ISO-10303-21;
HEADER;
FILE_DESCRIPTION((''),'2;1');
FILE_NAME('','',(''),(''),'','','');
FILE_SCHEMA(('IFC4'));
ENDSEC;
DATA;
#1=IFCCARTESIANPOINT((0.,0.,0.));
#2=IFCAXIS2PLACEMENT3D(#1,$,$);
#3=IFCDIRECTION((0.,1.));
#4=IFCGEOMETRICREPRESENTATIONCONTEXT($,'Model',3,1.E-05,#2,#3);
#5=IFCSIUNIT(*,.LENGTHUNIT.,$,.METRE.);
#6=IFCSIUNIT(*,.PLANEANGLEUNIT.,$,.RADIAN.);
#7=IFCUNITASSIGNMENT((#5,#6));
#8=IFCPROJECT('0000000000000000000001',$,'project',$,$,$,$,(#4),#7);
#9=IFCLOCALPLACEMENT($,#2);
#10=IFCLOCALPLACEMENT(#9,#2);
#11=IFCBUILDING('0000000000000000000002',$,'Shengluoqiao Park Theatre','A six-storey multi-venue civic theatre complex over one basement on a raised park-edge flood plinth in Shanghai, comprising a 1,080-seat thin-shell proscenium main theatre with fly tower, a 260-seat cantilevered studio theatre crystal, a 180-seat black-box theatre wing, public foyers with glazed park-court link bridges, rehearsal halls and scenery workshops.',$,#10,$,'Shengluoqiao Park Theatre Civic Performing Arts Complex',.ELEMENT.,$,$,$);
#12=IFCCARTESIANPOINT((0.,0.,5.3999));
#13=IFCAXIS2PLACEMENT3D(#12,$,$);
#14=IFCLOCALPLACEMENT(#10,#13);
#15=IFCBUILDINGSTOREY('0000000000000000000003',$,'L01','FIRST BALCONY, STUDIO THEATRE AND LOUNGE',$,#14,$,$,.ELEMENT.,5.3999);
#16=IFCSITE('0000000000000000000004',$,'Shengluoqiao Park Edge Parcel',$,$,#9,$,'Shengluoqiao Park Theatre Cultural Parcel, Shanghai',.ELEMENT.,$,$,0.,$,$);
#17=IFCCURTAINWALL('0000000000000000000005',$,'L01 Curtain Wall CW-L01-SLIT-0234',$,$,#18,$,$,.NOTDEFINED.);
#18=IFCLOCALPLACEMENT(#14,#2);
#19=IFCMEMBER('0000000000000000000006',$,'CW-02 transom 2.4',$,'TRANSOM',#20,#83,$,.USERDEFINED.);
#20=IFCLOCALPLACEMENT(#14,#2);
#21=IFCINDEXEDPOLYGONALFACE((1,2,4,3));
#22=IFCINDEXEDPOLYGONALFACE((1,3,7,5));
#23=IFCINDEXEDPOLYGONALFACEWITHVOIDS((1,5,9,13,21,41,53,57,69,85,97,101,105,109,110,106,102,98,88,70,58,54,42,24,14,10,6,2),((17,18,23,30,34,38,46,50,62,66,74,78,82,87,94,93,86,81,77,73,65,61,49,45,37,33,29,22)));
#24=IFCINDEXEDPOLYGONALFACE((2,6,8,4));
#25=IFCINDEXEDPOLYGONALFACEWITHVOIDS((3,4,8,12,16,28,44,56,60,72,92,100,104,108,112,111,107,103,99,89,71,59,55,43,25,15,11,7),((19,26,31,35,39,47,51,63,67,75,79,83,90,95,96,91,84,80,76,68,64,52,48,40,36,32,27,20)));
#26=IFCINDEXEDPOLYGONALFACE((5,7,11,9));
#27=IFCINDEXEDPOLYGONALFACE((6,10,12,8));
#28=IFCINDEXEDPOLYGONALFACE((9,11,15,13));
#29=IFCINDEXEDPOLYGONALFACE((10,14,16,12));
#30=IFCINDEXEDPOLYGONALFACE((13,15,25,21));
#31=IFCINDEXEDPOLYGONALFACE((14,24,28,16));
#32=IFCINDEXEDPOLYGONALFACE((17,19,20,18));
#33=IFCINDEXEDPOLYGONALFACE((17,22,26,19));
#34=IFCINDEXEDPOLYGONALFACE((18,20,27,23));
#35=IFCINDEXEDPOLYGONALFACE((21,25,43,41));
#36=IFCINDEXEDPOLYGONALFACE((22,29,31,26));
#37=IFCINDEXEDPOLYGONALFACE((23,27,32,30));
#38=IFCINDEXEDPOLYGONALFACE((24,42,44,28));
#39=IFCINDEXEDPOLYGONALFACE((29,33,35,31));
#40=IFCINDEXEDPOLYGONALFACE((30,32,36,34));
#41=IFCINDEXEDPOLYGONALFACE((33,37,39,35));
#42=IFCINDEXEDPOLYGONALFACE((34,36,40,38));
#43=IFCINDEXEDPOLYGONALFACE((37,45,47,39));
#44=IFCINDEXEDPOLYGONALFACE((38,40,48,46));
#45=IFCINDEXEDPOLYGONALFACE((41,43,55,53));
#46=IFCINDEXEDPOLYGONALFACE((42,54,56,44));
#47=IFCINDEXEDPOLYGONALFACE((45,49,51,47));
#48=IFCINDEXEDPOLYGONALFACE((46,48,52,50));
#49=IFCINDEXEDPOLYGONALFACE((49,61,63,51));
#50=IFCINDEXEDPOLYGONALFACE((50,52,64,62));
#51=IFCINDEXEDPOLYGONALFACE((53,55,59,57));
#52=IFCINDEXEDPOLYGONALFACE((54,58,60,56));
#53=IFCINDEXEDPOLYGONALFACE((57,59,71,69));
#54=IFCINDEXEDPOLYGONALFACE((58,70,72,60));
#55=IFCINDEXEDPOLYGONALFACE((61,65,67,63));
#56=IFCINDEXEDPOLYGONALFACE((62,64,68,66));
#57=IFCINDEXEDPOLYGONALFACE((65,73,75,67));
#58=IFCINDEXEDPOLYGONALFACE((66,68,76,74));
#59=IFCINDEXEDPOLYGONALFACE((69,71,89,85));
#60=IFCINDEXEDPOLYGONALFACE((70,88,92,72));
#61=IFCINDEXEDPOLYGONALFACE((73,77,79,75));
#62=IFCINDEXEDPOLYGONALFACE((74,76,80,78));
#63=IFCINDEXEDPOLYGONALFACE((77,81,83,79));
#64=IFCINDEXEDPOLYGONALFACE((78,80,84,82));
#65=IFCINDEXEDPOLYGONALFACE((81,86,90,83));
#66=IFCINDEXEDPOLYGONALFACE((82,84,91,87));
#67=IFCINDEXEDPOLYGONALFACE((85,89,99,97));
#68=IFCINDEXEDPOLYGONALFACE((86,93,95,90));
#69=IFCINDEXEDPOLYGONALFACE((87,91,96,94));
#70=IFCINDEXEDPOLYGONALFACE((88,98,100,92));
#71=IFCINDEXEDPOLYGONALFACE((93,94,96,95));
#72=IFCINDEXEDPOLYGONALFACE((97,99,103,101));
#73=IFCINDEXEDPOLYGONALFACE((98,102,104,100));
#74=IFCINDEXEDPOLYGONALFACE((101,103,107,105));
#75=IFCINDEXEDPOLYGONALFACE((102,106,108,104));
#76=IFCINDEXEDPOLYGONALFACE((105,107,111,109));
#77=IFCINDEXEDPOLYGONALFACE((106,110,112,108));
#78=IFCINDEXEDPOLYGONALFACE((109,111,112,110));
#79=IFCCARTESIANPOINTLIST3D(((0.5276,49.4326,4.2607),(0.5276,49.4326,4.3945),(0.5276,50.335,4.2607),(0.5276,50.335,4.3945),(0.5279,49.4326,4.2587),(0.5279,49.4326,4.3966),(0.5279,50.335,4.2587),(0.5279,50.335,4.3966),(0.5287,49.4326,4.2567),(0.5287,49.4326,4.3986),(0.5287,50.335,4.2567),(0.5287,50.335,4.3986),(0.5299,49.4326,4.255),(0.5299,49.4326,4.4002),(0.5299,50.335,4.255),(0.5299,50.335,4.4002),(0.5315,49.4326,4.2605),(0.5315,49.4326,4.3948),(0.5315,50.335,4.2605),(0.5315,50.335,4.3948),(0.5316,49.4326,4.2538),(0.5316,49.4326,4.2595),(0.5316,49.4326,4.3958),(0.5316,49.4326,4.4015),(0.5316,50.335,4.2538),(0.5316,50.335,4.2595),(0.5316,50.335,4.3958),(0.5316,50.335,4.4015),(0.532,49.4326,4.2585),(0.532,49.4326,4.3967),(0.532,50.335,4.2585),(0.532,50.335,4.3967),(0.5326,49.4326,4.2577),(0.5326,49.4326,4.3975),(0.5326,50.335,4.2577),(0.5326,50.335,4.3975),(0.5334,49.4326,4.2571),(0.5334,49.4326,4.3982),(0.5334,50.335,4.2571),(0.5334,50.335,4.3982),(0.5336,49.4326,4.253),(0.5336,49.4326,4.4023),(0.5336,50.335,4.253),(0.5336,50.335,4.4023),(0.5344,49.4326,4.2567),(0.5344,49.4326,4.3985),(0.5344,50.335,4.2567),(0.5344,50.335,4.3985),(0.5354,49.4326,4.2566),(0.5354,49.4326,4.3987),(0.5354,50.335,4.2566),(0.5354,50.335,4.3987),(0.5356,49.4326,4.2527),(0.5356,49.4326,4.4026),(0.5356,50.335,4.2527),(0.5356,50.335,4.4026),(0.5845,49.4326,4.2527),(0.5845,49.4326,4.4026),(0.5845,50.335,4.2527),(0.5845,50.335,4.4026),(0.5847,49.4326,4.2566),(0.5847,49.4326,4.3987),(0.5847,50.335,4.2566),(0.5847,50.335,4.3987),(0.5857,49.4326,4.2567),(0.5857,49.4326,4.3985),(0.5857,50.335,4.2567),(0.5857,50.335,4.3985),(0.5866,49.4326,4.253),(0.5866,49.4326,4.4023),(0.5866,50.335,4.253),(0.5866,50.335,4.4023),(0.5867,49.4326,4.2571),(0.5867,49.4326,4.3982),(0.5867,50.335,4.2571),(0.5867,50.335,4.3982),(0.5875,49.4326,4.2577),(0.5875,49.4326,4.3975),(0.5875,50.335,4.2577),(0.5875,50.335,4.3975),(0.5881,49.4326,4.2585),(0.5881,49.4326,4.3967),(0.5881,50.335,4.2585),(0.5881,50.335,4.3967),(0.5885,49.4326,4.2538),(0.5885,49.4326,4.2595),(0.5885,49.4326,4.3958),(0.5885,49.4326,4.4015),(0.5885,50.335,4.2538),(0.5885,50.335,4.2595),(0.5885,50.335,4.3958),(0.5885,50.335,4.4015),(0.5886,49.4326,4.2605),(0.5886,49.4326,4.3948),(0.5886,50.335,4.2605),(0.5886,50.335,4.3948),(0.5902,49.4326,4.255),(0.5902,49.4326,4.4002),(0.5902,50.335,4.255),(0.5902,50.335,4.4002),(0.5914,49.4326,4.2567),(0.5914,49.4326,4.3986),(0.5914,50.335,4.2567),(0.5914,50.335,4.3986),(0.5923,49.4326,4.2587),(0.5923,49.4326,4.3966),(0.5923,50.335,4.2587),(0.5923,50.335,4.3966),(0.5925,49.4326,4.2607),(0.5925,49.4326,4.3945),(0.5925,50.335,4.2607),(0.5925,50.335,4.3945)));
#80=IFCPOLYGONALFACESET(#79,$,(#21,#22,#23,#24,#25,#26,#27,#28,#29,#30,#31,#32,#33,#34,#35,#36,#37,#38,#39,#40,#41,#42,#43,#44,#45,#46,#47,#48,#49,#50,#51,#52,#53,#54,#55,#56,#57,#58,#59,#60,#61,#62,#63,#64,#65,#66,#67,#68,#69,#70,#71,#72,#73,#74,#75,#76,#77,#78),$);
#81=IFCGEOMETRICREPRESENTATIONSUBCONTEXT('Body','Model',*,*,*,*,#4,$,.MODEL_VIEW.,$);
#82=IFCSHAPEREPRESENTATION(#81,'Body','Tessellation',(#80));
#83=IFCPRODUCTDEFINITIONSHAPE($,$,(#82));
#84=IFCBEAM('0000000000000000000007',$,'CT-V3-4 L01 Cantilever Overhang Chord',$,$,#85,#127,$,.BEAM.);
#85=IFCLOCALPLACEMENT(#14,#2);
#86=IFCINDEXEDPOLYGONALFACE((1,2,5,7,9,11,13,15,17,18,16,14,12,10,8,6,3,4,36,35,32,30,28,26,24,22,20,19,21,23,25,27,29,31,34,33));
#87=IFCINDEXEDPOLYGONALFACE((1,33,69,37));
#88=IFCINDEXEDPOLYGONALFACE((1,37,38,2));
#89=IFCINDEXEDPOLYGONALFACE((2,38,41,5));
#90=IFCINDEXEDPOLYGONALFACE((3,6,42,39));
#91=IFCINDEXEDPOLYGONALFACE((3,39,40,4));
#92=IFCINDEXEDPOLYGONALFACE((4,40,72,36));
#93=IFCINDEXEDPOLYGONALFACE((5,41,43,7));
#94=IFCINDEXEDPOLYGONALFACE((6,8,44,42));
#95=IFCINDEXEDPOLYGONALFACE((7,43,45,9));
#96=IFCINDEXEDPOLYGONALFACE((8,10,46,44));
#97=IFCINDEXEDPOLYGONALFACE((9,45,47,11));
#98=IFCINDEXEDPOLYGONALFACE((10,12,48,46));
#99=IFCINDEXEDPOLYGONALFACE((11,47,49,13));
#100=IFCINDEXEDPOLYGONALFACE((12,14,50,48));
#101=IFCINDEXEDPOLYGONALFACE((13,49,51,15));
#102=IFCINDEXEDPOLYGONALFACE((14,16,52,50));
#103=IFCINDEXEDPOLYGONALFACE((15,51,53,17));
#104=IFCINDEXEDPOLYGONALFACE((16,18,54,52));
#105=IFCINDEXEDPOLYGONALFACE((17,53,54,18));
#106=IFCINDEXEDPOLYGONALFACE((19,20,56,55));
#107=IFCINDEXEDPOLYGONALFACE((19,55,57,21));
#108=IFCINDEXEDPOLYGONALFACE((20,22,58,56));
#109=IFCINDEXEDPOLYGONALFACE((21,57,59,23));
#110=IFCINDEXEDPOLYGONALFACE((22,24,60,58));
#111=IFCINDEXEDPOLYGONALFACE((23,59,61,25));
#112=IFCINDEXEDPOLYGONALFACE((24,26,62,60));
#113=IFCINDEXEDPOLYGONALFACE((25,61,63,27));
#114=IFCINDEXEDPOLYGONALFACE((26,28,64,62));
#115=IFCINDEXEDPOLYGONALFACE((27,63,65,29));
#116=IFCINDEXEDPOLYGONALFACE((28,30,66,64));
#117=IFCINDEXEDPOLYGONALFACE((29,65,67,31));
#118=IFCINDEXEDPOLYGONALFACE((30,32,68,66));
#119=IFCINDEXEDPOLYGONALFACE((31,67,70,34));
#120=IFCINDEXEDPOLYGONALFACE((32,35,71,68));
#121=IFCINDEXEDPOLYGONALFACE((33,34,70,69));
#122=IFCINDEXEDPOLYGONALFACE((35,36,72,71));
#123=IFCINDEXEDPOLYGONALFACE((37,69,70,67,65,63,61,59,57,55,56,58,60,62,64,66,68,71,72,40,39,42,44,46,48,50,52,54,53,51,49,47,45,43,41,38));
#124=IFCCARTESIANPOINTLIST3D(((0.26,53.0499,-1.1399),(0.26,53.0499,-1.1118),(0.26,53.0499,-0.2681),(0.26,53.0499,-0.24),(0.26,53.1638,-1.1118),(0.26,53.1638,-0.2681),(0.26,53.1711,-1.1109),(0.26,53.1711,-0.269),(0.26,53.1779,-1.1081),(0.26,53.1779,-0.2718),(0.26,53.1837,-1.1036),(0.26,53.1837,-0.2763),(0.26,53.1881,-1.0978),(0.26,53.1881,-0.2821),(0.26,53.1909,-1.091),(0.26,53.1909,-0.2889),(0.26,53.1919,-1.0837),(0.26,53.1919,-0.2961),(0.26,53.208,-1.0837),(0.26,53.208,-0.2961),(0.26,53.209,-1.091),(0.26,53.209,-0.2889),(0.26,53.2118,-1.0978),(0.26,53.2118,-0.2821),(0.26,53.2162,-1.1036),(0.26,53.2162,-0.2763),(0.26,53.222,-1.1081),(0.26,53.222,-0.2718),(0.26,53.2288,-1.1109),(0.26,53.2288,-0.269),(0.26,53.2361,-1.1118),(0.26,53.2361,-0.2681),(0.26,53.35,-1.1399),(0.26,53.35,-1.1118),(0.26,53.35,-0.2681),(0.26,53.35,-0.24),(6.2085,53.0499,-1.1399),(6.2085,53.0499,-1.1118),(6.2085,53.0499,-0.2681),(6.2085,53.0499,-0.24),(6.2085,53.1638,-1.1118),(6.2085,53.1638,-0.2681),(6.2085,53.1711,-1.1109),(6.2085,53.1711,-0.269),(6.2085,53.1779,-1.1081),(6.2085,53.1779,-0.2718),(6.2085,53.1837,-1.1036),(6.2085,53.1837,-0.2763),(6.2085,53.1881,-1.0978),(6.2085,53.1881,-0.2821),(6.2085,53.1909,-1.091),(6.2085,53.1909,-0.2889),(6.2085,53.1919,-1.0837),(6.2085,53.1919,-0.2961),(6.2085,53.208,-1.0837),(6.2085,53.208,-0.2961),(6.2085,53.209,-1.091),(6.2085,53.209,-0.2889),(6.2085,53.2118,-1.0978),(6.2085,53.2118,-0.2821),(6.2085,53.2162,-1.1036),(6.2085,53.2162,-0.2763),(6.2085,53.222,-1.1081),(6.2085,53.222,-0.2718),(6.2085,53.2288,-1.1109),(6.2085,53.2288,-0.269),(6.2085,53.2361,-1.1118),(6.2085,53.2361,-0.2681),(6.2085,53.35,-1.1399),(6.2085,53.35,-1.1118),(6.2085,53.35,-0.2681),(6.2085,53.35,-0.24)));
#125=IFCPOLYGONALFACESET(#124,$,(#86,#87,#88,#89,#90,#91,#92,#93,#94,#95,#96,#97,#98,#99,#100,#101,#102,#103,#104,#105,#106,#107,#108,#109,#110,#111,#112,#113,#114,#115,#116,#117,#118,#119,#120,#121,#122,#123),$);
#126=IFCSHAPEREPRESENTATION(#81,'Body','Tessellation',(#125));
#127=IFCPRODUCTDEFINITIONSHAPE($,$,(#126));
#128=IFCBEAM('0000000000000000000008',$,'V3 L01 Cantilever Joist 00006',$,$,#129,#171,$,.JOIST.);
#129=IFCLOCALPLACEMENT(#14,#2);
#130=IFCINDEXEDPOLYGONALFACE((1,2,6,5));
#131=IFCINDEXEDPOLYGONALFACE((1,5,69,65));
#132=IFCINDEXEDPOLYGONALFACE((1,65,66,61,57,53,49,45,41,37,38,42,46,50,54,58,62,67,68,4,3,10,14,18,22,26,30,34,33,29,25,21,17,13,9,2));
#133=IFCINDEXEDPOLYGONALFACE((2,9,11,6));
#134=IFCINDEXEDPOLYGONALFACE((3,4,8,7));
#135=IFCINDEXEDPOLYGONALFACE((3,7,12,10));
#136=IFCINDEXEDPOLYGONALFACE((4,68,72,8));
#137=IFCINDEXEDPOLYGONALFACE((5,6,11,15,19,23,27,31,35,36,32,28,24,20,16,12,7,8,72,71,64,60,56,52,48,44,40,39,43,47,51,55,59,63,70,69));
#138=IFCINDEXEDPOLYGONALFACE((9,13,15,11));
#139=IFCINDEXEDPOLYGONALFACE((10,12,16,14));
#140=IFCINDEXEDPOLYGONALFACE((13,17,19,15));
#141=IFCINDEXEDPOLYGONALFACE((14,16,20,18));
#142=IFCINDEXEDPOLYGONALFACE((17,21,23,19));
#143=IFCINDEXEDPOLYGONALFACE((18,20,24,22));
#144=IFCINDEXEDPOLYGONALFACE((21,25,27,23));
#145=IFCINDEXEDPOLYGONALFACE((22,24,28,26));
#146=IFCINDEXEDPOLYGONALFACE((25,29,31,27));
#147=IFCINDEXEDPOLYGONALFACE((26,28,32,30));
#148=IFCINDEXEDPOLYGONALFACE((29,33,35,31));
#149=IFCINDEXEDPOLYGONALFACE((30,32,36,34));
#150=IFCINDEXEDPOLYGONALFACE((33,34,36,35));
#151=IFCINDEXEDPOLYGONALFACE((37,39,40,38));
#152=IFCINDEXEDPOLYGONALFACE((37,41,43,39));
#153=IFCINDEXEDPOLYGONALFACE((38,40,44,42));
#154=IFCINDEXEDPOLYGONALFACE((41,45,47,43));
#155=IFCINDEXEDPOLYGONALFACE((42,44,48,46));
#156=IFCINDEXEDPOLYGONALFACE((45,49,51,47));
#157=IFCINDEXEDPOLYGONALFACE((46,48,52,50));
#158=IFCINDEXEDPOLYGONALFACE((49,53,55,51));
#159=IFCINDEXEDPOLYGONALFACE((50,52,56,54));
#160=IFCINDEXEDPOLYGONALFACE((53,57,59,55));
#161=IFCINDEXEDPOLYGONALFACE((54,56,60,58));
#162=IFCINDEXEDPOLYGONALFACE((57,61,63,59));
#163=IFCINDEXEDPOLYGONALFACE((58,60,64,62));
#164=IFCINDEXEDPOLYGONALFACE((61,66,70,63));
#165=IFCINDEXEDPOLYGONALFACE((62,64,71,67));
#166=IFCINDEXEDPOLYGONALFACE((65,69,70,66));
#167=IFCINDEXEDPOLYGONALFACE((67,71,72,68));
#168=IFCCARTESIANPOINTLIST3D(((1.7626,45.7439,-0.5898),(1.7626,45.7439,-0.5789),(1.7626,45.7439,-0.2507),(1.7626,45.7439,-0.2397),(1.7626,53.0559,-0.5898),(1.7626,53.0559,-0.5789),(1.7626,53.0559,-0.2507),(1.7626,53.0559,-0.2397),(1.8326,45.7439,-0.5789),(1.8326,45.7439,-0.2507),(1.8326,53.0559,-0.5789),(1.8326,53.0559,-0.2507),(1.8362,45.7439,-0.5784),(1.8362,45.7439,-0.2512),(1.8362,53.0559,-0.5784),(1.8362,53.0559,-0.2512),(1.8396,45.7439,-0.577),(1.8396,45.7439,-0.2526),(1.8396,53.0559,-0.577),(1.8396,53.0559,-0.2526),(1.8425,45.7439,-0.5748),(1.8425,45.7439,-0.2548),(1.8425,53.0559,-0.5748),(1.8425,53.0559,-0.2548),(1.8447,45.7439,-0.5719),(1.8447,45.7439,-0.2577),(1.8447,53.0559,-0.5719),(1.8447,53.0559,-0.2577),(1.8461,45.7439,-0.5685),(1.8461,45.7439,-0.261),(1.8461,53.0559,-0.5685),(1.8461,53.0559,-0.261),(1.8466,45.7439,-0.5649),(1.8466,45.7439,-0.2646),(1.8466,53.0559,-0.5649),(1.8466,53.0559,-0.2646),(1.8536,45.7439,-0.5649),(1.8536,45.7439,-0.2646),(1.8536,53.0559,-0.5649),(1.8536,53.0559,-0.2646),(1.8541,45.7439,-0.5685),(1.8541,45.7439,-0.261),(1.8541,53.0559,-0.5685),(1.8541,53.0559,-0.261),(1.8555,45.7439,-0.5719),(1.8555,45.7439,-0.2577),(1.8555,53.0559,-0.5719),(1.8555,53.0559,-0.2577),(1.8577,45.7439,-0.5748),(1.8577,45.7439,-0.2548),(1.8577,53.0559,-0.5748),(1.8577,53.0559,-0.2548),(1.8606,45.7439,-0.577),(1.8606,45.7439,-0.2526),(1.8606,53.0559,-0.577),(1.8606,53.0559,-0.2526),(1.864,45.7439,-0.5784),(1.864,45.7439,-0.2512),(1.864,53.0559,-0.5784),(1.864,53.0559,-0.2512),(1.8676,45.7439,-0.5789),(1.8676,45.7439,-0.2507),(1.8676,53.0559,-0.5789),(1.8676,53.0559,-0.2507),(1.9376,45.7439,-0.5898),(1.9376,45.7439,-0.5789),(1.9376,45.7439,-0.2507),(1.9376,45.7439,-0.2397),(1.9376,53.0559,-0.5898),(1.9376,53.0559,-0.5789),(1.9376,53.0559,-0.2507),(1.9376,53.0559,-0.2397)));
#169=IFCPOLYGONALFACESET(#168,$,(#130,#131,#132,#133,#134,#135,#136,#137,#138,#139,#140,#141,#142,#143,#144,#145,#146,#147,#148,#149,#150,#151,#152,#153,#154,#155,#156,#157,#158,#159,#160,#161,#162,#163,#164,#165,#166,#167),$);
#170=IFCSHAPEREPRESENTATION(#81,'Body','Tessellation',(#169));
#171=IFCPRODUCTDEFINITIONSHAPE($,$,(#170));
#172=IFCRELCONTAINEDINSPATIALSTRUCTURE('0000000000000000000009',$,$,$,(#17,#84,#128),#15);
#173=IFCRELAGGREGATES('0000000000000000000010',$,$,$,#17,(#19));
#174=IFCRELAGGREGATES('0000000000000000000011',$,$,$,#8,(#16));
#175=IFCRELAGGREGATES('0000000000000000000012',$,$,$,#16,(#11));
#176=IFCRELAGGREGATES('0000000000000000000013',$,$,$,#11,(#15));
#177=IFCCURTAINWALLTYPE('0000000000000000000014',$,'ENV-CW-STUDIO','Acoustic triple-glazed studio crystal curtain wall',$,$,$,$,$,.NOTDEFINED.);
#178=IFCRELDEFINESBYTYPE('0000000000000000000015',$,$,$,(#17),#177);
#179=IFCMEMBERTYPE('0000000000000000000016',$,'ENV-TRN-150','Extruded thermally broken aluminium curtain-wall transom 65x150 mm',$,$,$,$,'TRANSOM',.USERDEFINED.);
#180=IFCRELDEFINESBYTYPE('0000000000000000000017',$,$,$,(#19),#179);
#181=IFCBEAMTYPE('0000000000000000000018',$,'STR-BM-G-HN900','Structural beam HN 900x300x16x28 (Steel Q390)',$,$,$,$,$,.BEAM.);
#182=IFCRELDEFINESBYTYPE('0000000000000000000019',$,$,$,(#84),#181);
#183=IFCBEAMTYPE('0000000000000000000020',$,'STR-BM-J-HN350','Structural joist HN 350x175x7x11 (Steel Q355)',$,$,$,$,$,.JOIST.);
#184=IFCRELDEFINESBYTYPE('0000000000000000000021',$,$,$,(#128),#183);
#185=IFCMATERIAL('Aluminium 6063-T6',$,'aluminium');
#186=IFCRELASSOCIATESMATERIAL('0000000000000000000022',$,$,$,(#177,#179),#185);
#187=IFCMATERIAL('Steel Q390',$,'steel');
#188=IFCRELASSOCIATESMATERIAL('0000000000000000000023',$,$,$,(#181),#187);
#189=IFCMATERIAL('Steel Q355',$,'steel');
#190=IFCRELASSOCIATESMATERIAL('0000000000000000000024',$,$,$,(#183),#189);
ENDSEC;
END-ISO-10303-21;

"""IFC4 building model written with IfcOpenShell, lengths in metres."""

from ifc_helpers import new_model, si_unit, direction, frame, origin, origin_2d, place, context, subcontext, project, spatial, hollow_rectangle, i_section, extrude, material, material_profile, profile_set, type_object, element, aggregate, save


model = new_model("IFC4")

# Units and contexts
model_context = context("Model", 3, precision=1e-05, world=origin(), true_north=direction((0.0, 1.0)))
body_context = subcontext(model_context, "Body", "Model", "MODEL_VIEW")
ifc_project = project(units=[si_unit("LENGTHUNIT", "METRE"), si_unit("PLANEANGLEUNIT", "RADIAN")], contexts=[model_context])

# Site, building, storey
site_placement = place(None, origin())
site = spatial("IfcSite", under=ifc_project, at=site_placement, Name="Shengluoqiao Park Edge Parcel", LongName="Shengluoqiao Park Theatre Cultural Parcel, Shanghai", CompositionType="ELEMENT", RefElevation=0.0)
building_placement = place(site_placement, origin())
building = spatial("IfcBuilding", under=site, at=building_placement, Name="Shengluoqiao Park Theatre", Description="A six-storey multi-venue civic theatre complex over one basement on a raised park-edge flood plinth in Shanghai, comprising a 1,080-seat thin-shell proscenium main theatre with fly tower, a 260-seat cantilevered studio theatre crystal, a 180-seat black-box theatre wing, public foyers with glazed park-court link bridges, rehearsal halls and scenery workshops.", LongName="Shengluoqiao Park Theatre Civic Performing Arts Complex", CompositionType="ELEMENT")
storey_placement = place(building_placement, frame((0.0, 0.0, 5.3999)))
storey = spatial("IfcBuildingStorey", under=building, at=storey_placement, Name="L01", Description="FIRST BALCONY, STUDIO THEATRE AND LOUNGE", CompositionType="ELEMENT", Elevation=5.3999)

# Curtain wall, member
ifc_material_1 = material(Name="Aluminium 6063-T6", Category="aluminium")
curtain_wall_type = type_object("IfcCurtainWallType", Name="ENV-CW-STUDIO", Description="Acoustic triple-glazed studio crystal curtain wall", PredefinedType="NOTDEFINED", material=ifc_material_1)
curtain_wall_placement = place(storey_placement, origin())
curtain_wall = element("IfcCurtainWall", 1, at=curtain_wall_placement, inside=storey, type_object=curtain_wall_type, Name="L01 Curtain Wall CW-L01-SLIT-0234", PredefinedType="NOTDEFINED")
ifc_material_profile_1 = material_profile(ifc_material_1, hollow_rectangle(XDim=0.0649, YDim=0.1499, WallThickness=0.0039, InnerFilletRadius=0.0039, OuterFilletRadius=0.0081, at=origin_2d()), Name="ALU TRANSOM 150x65x4")
ifc_profile_set_1 = profile_set([ifc_material_profile_1], Name="Aluminium 6063-T6")
member_type_1 = type_object("IfcMemberType", Name="ENV-TRN-150", Description="Extruded thermally broken aluminium curtain-wall transom 65x150 mm", ElementType="TRANSOM", PredefinedType="USERDEFINED", material=ifc_profile_set_1)
member_1_placement = place(storey_placement, frame((0.5601, 49.4326, 4.3276), z_axis=(0.0, 1.0, 0.0), x_axis=(-1.0, 0.0, 0.0)))
member_1 = element("IfcMember", 2, at=member_1_placement, type_object=member_type_1, Name="CW-02 transom 2.4", ObjectType="TRANSOM", PredefinedType="USERDEFINED", context=body_context, shape_type="SweptSolid", body=[
    extrude(hollow_rectangle(XDim=0.0649, YDim=0.1499, WallThickness=0.0039, InnerFilletRadius=0.0039, OuterFilletRadius=0.0081, at=origin_2d()), origin(), (0.0, 0.0, 1.0), 0.9023),
])

# Beams
ifc_material_2 = material(Name="Steel Q390", Category="steel")
ifc_material_profile_2 = material_profile(ifc_material_2, i_section(OverallWidth=0.3, OverallDepth=0.8999, WebThickness=0.0161, FlangeThickness=0.0281, FilletRadius=0.0281, at=origin_2d()), Name="HN 900x300x16x28")
ifc_profile_set_2 = profile_set([ifc_material_profile_2], Name="Steel Q390")
beam_type_1 = type_object("IfcBeamType", Name="STR-BM-G-HN900", Description="Structural beam HN 900x300x16x28 (Steel Q390)", PredefinedType="BEAM", material=ifc_profile_set_2)
beam_1_placement = place(storey_placement, frame((0.26, 53.2, -0.6899), z_axis=(1.0, 0.0, 0.0), x_axis=(0.0, 1.0, 0.0)))
element("IfcBeam", 3, at=beam_1_placement, inside=storey, type_object=beam_type_1, Name="CT-V3-4 L01 Cantilever Overhang Chord", PredefinedType="BEAM", context=body_context, shape_type="SweptSolid", body=[
    extrude(i_section(OverallWidth=0.3, OverallDepth=0.8999, WebThickness=0.0161, FlangeThickness=0.0281, FilletRadius=0.0281, at=origin_2d()), origin(), (0.0, 0.0, 1.0), 5.9485),
])
ifc_material_3 = material(Name="Steel Q355", Category="steel")
ifc_material_profile_3 = material_profile(ifc_material_3, i_section(OverallWidth=0.175, OverallDepth=0.3501, WebThickness=0.0071, FlangeThickness=0.011, FilletRadius=0.0139, at=origin_2d()), Name="HN 350x175x7x11")
ifc_profile_set_3 = profile_set([ifc_material_profile_3], Name="Steel Q355")
beam_type_2 = type_object("IfcBeamType", Name="STR-BM-J-HN350", Description="Structural joist HN 350x175x7x11 (Steel Q355)", PredefinedType="JOIST", material=ifc_profile_set_3)
beam_2_placement = place(storey_placement, frame((1.8501, 45.7439, -0.4148), z_axis=(0.0, 1.0, 0.0), x_axis=(-1.0, 0.0, 0.0)))
element("IfcBeam", 4, at=beam_2_placement, inside=storey, type_object=beam_type_2, Name="V3 L01 Cantilever Joist 00006", PredefinedType="JOIST", context=body_context, shape_type="SweptSolid", body=[
    extrude(i_section(OverallWidth=0.175, OverallDepth=0.3501, WebThickness=0.0071, FlangeThickness=0.011, FilletRadius=0.0139, at=origin_2d()), origin(), (0.0, 0.0, 1.0), 7.312),
])

aggregate(curtain_wall, [member_1])

save(model, "model.ifc")
